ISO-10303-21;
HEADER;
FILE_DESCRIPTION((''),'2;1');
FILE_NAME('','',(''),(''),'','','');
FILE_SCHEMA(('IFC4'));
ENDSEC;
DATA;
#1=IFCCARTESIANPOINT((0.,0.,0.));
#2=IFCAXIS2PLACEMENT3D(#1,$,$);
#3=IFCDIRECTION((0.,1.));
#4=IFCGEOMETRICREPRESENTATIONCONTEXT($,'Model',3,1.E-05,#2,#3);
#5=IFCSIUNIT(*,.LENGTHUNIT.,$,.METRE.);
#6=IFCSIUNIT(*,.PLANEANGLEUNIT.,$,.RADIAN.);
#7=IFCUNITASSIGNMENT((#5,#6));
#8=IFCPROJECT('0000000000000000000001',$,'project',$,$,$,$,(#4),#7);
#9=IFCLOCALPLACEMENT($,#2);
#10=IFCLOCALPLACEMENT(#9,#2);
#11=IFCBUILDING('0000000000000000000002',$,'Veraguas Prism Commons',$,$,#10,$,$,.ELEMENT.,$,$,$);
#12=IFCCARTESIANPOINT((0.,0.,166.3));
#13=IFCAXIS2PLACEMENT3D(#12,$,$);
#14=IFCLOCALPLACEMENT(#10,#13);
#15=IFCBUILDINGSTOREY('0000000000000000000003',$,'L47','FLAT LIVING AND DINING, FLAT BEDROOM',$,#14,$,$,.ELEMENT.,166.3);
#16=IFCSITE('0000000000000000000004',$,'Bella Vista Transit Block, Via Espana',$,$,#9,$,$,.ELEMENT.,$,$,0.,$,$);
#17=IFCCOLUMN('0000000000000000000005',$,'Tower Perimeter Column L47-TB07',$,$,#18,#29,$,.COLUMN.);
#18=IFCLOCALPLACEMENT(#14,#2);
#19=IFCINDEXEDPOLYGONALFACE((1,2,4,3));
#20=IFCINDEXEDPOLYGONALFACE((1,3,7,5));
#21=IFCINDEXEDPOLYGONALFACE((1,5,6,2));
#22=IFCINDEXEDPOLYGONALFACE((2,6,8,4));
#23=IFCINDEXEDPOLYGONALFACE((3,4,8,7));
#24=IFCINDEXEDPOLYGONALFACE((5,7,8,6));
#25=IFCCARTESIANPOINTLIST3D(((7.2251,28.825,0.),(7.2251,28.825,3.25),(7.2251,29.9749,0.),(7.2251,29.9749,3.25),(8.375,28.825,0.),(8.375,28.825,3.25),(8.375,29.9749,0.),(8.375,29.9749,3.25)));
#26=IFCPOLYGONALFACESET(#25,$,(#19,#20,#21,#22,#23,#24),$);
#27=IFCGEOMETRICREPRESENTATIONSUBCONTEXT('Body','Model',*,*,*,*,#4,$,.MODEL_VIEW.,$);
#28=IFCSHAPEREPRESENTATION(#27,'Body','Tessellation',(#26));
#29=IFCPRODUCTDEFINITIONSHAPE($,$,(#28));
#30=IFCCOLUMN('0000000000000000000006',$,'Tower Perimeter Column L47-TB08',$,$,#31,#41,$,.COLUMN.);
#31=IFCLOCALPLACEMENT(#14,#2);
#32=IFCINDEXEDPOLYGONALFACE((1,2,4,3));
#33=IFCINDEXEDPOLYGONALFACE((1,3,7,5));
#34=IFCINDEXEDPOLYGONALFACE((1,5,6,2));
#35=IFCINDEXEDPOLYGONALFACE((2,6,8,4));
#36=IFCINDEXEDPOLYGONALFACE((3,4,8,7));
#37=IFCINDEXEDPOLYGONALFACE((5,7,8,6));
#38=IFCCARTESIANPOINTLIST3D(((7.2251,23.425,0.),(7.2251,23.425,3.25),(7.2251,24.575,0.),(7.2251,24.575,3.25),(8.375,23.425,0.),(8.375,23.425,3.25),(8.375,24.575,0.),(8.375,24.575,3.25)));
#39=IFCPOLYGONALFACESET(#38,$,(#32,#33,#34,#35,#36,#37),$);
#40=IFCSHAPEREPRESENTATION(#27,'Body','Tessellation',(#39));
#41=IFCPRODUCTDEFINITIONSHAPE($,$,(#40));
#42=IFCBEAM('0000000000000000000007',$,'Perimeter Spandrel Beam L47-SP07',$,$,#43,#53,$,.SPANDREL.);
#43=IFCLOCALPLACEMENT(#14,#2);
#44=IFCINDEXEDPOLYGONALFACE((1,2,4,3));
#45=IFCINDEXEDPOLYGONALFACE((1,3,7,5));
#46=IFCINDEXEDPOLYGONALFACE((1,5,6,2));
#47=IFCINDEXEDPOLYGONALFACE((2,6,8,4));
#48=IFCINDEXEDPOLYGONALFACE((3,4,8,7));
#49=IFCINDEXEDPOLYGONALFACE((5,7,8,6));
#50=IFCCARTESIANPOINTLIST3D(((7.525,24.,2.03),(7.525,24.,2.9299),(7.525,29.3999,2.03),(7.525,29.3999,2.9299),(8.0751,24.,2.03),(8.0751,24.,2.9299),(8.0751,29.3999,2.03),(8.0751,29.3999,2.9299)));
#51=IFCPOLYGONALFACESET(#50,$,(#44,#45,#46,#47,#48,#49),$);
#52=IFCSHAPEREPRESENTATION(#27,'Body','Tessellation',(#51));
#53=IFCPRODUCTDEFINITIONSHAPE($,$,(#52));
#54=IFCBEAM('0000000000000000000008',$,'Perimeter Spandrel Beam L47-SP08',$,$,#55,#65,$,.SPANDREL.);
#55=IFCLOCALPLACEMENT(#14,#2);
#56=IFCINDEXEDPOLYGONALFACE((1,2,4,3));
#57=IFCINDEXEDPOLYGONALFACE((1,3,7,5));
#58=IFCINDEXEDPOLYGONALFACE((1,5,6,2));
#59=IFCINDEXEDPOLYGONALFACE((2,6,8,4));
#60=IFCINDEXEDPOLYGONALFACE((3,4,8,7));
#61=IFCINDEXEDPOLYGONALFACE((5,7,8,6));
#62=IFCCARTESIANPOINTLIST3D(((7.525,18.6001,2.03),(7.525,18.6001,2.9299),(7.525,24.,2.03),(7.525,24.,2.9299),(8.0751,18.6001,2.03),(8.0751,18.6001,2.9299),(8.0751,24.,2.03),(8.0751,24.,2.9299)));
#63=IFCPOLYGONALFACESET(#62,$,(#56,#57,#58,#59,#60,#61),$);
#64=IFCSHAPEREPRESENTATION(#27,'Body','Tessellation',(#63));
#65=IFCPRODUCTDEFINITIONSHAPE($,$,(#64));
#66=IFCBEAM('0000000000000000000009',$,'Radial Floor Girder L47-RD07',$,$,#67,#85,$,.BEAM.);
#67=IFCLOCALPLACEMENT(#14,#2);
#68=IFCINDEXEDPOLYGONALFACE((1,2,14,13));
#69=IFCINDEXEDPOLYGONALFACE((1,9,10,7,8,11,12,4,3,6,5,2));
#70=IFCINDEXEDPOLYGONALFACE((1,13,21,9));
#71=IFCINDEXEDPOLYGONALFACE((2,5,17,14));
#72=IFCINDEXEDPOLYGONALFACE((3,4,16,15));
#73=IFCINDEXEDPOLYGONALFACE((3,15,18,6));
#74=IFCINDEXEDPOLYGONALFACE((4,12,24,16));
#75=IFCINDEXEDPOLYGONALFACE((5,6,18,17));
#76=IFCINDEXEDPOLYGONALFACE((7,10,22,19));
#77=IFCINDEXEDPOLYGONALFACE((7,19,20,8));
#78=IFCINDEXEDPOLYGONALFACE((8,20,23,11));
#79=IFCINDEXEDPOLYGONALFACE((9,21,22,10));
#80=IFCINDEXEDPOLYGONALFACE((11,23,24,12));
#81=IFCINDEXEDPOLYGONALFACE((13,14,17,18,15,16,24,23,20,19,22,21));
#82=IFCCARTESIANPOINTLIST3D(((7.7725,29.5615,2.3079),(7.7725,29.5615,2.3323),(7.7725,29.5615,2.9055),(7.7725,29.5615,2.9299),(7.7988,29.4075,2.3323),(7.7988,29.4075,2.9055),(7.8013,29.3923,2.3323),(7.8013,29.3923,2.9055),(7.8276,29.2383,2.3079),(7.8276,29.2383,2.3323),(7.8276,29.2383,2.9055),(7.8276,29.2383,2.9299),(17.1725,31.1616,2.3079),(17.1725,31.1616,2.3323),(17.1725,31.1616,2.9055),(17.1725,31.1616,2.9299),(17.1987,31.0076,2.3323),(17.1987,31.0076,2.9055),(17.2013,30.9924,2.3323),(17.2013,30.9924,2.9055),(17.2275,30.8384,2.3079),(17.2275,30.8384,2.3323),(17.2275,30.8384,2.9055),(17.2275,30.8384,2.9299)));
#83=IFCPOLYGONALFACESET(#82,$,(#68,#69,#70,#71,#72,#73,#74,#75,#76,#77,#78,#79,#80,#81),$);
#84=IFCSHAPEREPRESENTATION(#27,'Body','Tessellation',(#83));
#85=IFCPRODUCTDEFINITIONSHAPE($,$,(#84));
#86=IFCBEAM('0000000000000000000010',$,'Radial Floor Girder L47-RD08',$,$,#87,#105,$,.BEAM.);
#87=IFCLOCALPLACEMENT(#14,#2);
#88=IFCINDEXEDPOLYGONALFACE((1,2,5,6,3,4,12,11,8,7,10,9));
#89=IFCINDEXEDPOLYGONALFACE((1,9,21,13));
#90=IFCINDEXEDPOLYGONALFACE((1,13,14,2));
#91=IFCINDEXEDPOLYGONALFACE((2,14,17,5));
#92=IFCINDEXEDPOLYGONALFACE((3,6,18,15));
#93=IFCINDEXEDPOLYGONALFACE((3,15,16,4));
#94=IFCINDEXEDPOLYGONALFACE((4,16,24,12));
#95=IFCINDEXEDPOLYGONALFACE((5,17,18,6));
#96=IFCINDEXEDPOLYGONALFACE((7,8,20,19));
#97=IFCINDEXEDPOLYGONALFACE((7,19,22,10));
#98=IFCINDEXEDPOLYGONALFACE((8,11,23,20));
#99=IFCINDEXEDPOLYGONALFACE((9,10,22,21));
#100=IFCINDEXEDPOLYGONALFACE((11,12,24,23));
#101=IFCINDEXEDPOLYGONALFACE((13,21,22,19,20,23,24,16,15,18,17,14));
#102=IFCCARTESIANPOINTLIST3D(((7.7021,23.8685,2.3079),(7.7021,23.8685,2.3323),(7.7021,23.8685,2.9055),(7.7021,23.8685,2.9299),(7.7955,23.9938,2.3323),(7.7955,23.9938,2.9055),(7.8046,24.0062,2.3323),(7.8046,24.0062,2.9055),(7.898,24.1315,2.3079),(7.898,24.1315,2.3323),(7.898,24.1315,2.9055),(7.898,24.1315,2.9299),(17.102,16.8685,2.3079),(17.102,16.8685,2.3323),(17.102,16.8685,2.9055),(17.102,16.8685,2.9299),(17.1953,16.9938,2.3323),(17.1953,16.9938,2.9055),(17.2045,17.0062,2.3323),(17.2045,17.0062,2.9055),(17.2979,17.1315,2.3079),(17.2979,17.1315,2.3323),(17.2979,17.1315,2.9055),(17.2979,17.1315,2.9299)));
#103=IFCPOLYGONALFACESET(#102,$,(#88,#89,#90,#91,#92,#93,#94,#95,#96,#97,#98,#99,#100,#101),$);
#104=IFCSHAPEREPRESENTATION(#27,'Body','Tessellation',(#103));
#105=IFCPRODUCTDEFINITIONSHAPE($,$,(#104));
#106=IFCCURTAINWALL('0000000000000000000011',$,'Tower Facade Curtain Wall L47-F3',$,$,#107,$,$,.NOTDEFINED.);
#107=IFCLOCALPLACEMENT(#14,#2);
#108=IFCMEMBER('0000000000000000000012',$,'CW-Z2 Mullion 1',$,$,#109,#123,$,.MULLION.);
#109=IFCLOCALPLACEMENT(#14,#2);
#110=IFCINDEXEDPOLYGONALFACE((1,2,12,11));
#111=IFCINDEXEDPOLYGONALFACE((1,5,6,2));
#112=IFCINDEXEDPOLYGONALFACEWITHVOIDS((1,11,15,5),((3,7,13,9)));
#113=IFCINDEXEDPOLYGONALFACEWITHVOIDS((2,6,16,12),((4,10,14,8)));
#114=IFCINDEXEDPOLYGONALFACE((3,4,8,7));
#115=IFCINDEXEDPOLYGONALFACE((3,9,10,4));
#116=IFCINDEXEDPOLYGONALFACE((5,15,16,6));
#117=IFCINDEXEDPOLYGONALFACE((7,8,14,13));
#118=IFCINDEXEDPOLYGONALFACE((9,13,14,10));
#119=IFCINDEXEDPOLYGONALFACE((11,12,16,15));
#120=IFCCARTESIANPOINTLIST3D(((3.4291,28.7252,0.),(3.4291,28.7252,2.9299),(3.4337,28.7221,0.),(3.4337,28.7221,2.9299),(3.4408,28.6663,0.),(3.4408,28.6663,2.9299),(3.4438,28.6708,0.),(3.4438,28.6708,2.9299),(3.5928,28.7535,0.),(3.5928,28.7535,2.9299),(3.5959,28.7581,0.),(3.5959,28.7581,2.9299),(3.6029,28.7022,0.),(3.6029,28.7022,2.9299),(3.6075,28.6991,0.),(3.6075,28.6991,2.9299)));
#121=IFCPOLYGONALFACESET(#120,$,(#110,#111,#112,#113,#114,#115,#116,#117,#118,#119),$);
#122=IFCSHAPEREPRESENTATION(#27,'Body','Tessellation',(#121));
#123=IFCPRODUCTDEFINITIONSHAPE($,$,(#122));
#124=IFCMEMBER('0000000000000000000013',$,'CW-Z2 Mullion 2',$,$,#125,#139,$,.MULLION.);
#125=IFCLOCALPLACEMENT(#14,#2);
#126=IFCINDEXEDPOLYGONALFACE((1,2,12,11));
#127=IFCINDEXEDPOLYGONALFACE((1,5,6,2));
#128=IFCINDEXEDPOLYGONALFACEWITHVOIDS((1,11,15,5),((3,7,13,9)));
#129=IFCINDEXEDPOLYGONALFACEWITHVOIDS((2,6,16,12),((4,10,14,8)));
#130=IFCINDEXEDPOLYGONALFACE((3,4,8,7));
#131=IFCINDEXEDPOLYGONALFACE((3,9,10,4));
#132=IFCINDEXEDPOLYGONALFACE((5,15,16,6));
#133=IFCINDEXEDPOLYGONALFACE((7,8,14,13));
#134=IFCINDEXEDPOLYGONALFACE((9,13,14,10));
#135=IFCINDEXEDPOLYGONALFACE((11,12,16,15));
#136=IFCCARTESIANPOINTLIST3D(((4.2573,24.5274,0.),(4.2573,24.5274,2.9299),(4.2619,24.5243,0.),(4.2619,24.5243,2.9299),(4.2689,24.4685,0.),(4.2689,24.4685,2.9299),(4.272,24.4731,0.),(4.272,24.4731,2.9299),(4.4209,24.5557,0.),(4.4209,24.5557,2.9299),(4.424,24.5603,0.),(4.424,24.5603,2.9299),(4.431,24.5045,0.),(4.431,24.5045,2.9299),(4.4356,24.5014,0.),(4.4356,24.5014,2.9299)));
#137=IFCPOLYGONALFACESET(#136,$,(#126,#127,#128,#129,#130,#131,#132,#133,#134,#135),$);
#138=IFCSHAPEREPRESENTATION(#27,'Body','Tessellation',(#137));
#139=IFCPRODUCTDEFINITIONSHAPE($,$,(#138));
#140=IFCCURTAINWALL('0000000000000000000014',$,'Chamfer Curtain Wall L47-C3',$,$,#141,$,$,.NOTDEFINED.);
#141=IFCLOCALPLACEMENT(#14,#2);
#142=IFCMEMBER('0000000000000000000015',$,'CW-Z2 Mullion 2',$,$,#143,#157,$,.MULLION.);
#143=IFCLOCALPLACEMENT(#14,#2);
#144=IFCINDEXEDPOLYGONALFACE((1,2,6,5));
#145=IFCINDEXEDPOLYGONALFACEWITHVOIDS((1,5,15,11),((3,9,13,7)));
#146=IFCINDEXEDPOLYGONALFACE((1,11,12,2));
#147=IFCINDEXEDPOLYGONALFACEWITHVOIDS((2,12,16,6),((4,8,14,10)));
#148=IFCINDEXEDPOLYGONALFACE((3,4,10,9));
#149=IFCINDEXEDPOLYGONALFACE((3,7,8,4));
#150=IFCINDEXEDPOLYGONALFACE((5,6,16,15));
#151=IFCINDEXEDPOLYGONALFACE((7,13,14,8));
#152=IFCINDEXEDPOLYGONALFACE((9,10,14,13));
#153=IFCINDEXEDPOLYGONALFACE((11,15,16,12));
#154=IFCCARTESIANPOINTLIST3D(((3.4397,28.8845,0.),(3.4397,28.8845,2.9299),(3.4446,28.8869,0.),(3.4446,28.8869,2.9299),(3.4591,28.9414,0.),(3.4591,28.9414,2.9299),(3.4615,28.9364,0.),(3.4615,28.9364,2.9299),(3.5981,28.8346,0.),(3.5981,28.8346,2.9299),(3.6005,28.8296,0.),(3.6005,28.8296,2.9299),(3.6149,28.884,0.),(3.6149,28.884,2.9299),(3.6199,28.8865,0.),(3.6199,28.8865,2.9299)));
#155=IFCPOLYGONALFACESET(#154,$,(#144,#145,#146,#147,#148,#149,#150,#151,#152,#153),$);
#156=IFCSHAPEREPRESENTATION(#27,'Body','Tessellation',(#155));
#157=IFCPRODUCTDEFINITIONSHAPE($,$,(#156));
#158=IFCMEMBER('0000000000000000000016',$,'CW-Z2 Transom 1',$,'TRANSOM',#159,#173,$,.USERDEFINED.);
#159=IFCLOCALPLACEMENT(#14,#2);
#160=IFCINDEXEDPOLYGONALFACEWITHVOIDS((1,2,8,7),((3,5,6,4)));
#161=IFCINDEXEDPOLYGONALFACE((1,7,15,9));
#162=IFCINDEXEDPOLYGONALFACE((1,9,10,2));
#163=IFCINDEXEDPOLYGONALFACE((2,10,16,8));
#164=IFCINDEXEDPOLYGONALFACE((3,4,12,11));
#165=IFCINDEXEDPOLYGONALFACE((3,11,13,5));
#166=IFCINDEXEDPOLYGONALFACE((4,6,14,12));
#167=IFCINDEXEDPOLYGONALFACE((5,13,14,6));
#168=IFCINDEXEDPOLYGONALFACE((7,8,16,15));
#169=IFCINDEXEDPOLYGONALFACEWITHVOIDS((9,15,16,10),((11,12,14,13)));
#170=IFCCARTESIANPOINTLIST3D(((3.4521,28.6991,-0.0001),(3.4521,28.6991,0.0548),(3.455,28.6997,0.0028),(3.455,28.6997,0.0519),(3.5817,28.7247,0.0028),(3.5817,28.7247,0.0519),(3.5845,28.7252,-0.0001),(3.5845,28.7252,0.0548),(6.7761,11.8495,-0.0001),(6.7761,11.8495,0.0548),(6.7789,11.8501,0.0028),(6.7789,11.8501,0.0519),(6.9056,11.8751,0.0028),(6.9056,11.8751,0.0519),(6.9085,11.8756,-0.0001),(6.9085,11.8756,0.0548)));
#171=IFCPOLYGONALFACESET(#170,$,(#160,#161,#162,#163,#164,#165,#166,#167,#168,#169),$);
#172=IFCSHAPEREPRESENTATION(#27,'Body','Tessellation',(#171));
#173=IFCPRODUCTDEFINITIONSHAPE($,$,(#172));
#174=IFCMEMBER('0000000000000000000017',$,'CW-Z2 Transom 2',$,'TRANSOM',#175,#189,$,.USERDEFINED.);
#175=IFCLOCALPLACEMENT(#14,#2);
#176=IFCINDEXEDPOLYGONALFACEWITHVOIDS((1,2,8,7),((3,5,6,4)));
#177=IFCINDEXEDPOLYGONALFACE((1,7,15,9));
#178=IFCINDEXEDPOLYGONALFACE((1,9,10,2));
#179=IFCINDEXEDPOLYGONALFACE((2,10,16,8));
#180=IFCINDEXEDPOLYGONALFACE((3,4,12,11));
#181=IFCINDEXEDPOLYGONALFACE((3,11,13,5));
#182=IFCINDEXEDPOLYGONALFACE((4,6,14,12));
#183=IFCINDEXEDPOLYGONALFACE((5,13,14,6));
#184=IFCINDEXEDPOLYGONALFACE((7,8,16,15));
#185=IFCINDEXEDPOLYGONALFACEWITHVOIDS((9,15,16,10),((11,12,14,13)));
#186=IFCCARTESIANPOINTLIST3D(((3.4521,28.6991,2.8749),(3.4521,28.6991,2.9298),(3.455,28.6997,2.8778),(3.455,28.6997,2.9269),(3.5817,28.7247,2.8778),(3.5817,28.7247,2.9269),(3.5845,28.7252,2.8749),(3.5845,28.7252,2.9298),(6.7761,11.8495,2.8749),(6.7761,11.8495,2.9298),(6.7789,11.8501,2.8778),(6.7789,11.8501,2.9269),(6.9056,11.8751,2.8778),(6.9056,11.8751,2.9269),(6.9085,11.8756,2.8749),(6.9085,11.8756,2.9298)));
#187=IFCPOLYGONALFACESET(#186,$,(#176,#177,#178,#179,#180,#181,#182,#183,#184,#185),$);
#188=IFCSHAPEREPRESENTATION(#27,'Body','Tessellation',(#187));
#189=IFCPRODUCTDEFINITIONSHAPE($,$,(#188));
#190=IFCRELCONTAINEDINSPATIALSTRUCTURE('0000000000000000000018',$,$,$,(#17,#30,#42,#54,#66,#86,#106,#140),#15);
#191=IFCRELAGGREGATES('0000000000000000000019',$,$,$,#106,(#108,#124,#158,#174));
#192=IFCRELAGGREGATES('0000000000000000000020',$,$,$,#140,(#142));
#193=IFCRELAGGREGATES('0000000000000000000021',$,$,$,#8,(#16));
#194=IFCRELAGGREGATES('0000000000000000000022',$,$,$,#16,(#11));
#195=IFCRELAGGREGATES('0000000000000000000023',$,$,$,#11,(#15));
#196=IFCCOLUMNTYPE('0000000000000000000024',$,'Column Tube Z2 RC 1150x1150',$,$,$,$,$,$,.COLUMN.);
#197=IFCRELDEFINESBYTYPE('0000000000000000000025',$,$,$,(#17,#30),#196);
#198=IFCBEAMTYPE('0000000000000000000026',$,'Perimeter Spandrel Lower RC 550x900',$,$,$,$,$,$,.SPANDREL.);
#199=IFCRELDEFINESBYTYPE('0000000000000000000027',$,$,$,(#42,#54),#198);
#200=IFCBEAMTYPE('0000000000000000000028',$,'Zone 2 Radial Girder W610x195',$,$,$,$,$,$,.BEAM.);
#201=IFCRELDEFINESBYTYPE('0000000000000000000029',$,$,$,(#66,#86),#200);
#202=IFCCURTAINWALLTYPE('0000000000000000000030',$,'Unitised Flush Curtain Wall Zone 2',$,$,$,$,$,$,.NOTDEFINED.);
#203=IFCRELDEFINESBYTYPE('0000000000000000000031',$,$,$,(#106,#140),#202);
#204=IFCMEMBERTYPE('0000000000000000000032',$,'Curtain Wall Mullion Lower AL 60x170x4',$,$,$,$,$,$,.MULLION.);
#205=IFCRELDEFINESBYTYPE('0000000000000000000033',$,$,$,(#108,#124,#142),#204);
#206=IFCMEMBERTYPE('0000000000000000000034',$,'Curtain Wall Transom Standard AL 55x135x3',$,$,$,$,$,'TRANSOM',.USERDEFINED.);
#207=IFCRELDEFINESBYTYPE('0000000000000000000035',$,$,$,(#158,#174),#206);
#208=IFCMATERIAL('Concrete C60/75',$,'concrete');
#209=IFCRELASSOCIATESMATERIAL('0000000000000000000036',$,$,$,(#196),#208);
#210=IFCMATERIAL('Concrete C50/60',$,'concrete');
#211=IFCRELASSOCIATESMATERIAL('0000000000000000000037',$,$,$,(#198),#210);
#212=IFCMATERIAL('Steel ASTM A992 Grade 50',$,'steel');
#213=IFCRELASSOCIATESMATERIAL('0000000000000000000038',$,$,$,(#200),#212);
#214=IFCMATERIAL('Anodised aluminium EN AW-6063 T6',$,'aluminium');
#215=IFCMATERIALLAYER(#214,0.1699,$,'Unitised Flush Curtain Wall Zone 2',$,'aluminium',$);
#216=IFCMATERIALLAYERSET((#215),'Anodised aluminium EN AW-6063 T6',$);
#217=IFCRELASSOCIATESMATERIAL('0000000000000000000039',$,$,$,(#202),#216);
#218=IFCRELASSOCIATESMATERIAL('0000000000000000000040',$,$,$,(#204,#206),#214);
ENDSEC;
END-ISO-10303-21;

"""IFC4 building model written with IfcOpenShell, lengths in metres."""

from ifc_helpers import new_model, si_unit, direction, frame, origin, origin_2d, place, context, subcontext, project, spatial, rectangle, hollow_rectangle, i_section, extrude, source, transform, mapped, material, layer, layer_set, material_profile, profile_set, type_object, element, aggregate, save


model = new_model("IFC4")

# Units and contexts
model_context = context("Model", 3, precision=1e-05, world=origin(), true_north=direction((0.0, 1.0)))
body_context = subcontext(model_context, "Body", "Model", "MODEL_VIEW")
ifc_project = project(units=[si_unit("LENGTHUNIT", "METRE"), si_unit("PLANEANGLEUNIT", "RADIAN")], contexts=[model_context])

# Site, building, storey
site_placement = place(None, origin())
site = spatial("IfcSite", under=ifc_project, at=site_placement, Name="Bella Vista Transit Block, Via Espana", CompositionType="ELEMENT", RefElevation=0.0)
building_placement = place(site_placement, origin())
building = spatial("IfcBuilding", under=site, at=building_placement, Name="Veraguas Prism Commons", CompositionType="ELEMENT")
storey_placement = place(building_placement, frame((0.0, 0.0, 166.3)))
storey = spatial("IfcBuildingStorey", under=building, at=storey_placement, Name="L47", Description="FLAT LIVING AND DINING, FLAT BEDROOM", CompositionType="ELEMENT", Elevation=166.3)

# Columns
ifc_material_1 = material(Name="Concrete C60/75", Category="concrete")
ifc_material_profile_1 = material_profile(ifc_material_1, rectangle(XDim=1.1499, YDim=1.1499, at=origin_2d()), Name="RC1150X1150")
ifc_profile_set_1 = profile_set([ifc_material_profile_1], Name="Concrete C60/75")
column_type = type_object("IfcColumnType", Name="Column Tube Z2 RC 1150x1150", PredefinedType="COLUMN", material=ifc_profile_set_1)
for number, where, z_axis, x_axis, name in (
    (1, (7.8, 29.3999, 0.0), (0.0, 0.0, 1.0), (1.0, 0.0, 0.0), "Tower Perimeter Column L47-TB07"),
    (2, (7.8, 24.0, 0.0), (0.0, 0.0, 1.0), (1.0, 0.0, 0.0), "Tower Perimeter Column L47-TB08"),
):
    element("IfcColumn", number, at=place(storey_placement, frame(where, z_axis=z_axis, x_axis=x_axis)), inside=storey, type_object=column_type, Name=name, PredefinedType="COLUMN", context=body_context, shape_type="SweptSolid", body=[
        extrude(rectangle(XDim=1.1499, YDim=1.1499, at=origin_2d()), origin(), (0.0, 0.0, 1.0), 3.25),
    ])

# Beams
ifc_material_2 = material(Name="Concrete C50/60", Category="concrete")
ifc_material_profile_2 = material_profile(ifc_material_2, rectangle(XDim=0.55, YDim=0.8999, at=origin_2d()), Name="RC550X900")
ifc_profile_set_2 = profile_set([ifc_material_profile_2], Name="Concrete C50/60")
beam_type_1 = type_object("IfcBeamType", Name="Perimeter Spandrel Lower RC 550x900", PredefinedType="SPANDREL", material=ifc_profile_set_2)
for number, where, z_axis, x_axis, name in (
    (3, (7.8, 29.3999, 2.48), (0.0, -1.0, 0.0), (1.0, 0.0, 0.0), "Perimeter Spandrel Beam L47-SP07"),
    (4, (7.8, 24.0, 2.48), (0.0, -1.0, 0.0), (1.0, 0.0, 0.0), "Perimeter Spandrel Beam L47-SP08"),
):
    element("IfcBeam", number, at=place(storey_placement, frame(where, z_axis=z_axis, x_axis=x_axis)), inside=storey, type_object=beam_type_1, Name=name, PredefinedType="SPANDREL", context=body_context, shape_type="SweptSolid", body=[
        extrude(rectangle(XDim=0.55, YDim=0.8999, at=origin_2d()), origin(), (0.0, 0.0, 1.0), 5.3999),
    ])
ifc_material_3 = material(Name="Steel ASTM A992 Grade 50", Category="steel")
ifc_material_profile_3 = material_profile(ifc_material_3, i_section(OverallWidth=0.3279, OverallDepth=0.6221, WebThickness=0.0154, FlangeThickness=0.0244, at=origin_2d()), Name="W610X195")
ifc_profile_set_3 = profile_set([ifc_material_profile_3], Name="Steel ASTM A992 Grade 50")
beam_type_2 = type_object("IfcBeamType", Name="Zone 2 Radial Girder W610x195", PredefinedType="BEAM", material=ifc_profile_set_3)
beam_1_placement = place(storey_placement, frame((7.8, 29.3999, 2.6189), z_axis=(0.985819, 0.167811, 0.0), x_axis=(-0.167811, 0.985819, 0.0)))
element("IfcBeam", 5, at=beam_1_placement, inside=storey, type_object=beam_type_2, Name="Radial Floor Girder L47-RD07", PredefinedType="BEAM", context=body_context, shape_type="SweptSolid", body=[
    extrude(i_section(OverallWidth=0.3279, OverallDepth=0.6221, WebThickness=0.0154, FlangeThickness=0.0244, at=origin_2d()), origin(), (0.0, 0.0, 1.0), 9.5352),
])
beam_2_placement = place(storey_placement, frame((7.8, 24.0, 2.6189), z_axis=(0.80204, -0.59727, 0.0), x_axis=(0.59727, 0.80204, 0.0)))
element("IfcBeam", 6, at=beam_2_placement, inside=storey, type_object=beam_type_2, Name="Radial Floor Girder L47-RD08", PredefinedType="BEAM", context=body_context, shape_type="SweptSolid", body=[
    extrude(i_section(OverallWidth=0.3279, OverallDepth=0.6221, WebThickness=0.0154, FlangeThickness=0.0244, at=origin_2d()), origin(), (0.0, 0.0, 1.0), 11.72),
])

# Curtain wall, members
ifc_material_4 = material(Name="Anodised aluminium EN AW-6063 T6", Category="aluminium")
ifc_layer_1 = layer(ifc_material_4, 0.1699, Name="Unitised Flush Curtain Wall Zone 2", Category="aluminium")
ifc_layer_set_1 = layer_set([ifc_layer_1], Name="Anodised aluminium EN AW-6063 T6")
curtain_wall_type = type_object("IfcCurtainWallType", Name="Unitised Flush Curtain Wall Zone 2", PredefinedType="NOTDEFINED", material=ifc_layer_set_1)
curtain_wall_1_placement = place(storey_placement, origin())
curtain_wall_1 = element("IfcCurtainWall", 7, at=curtain_wall_1_placement, inside=storey, type_object=curtain_wall_type, Name="Tower Facade Curtain Wall L47-F3", PredefinedType="NOTDEFINED")
ifc_material_profile_4 = material_profile(ifc_material_4, hollow_rectangle(XDim=0.0601, YDim=0.1699, WallThickness=0.0039, at=origin_2d()), Name="AL60X170X4")
ifc_profile_set_4 = profile_set([ifc_material_profile_4], Name="Anodised aluminium EN AW-6063 T6")
member_type_1 = type_object("IfcMemberType", Name="Curtain Wall Mullion Lower AL 60x170x4", PredefinedType="MULLION", material=ifc_profile_set_4)
shared_shape_1 = source(origin(), body_context, "Body", "SweptSolid", [
    extrude(hollow_rectangle(XDim=0.0601, YDim=0.1699, WallThickness=0.0039, at=origin_2d()), origin(), (0.0, 0.0, 1.0), 2.9299),
])
member_1_placement = place(storey_placement, frame((3.5183, 28.7122, 0.0), z_axis=(0.0, 0.0, 1.0), x_axis=(0.193549, -0.981091, 0.0)))
member_1 = element("IfcMember", 8, at=member_1_placement, type_object=member_type_1, Name="CW-Z2 Mullion 1", PredefinedType="MULLION", context=body_context, shape_type="MappedRepresentation", body=[
    mapped(shared_shape_1, transform((0.0, 0.0, 0.0), scale=1.0)),
])
member_2_placement = place(storey_placement, frame((4.3464, 24.5144, 0.0), z_axis=(0.0, 0.0, 1.0), x_axis=(0.193549, -0.981091, 0.0)))
member_2 = element("IfcMember", 9, at=member_2_placement, type_object=member_type_1, Name="CW-Z2 Mullion 2", PredefinedType="MULLION", context=body_context, shape_type="MappedRepresentation", body=[
    mapped(shared_shape_1, transform((0.0, 0.0, 0.0), scale=1.0)),
])

# Curtain wall, member
curtain_wall_2_placement = place(storey_placement, origin())
curtain_wall_2 = element("IfcCurtainWall", 10, at=curtain_wall_2_placement, inside=storey, type_object=curtain_wall_type, Name="Chamfer Curtain Wall L47-C3", PredefinedType="NOTDEFINED")
member_3_placement = place(storey_placement, frame((3.5298, 28.8855, 0.0), z_axis=(0.0, 0.0, 1.0), x_axis=(-0.32293, -0.946423, 0.0)))
member_3 = element("IfcMember", 11, at=member_3_placement, type_object=member_type_1, Name="CW-Z2 Mullion 2", PredefinedType="MULLION", context=body_context, shape_type="MappedRepresentation", body=[
    mapped(shared_shape_1, transform((0.0, 0.0, 0.0), scale=1.0)),
])

# Members
ifc_material_profile_5 = material_profile(ifc_material_4, hollow_rectangle(XDim=0.0549, YDim=0.135, WallThickness=0.0029, at=origin_2d()), Name="AL55X135X3")
ifc_profile_set_5 = profile_set([ifc_material_profile_5], Name="Anodised aluminium EN AW-6063 T6")
member_type_2 = type_object("IfcMemberType", Name="Curtain Wall Transom Standard AL 55x135x3", ElementType="TRANSOM", PredefinedType="USERDEFINED", material=ifc_profile_set_5)
shared_shape_2 = source(origin(), body_context, "Body", "SweptSolid", [
    extrude(hollow_rectangle(XDim=0.0549, YDim=0.135, WallThickness=0.0029, at=origin_2d()), origin(), (0.0, 0.0, 1.0), 17.1743),
])
member_4_placement = place(storey_placement, frame((3.5183, 28.7122, 0.0273), z_axis=(0.193543, -0.981092, 0.0), x_axis=(0.0, 0.0, 1.0)))
member_4 = element("IfcMember", 12, at=member_4_placement, type_object=member_type_2, Name="CW-Z2 Transom 1", ObjectType="TRANSOM", PredefinedType="USERDEFINED", context=body_context, shape_type="MappedRepresentation", body=[
    mapped(shared_shape_2, transform((0.0, 0.0, 0.0), scale=1.0)),
])
member_5_placement = place(storey_placement, frame((3.5183, 28.7122, 2.9023), z_axis=(0.193543, -0.981092, 0.0), x_axis=(0.0, 0.0, 1.0)))
member_5 = element("IfcMember", 13, at=member_5_placement, type_object=member_type_2, Name="CW-Z2 Transom 2", ObjectType="TRANSOM", PredefinedType="USERDEFINED", context=body_context, shape_type="MappedRepresentation", body=[
    mapped(shared_shape_2, transform((0.0, 0.0, 0.0), scale=1.0)),
])

aggregate(curtain_wall_1, [member_1, member_2, member_4, member_5])
aggregate(curtain_wall_2, [member_3])

save(model, "model.ifc")
